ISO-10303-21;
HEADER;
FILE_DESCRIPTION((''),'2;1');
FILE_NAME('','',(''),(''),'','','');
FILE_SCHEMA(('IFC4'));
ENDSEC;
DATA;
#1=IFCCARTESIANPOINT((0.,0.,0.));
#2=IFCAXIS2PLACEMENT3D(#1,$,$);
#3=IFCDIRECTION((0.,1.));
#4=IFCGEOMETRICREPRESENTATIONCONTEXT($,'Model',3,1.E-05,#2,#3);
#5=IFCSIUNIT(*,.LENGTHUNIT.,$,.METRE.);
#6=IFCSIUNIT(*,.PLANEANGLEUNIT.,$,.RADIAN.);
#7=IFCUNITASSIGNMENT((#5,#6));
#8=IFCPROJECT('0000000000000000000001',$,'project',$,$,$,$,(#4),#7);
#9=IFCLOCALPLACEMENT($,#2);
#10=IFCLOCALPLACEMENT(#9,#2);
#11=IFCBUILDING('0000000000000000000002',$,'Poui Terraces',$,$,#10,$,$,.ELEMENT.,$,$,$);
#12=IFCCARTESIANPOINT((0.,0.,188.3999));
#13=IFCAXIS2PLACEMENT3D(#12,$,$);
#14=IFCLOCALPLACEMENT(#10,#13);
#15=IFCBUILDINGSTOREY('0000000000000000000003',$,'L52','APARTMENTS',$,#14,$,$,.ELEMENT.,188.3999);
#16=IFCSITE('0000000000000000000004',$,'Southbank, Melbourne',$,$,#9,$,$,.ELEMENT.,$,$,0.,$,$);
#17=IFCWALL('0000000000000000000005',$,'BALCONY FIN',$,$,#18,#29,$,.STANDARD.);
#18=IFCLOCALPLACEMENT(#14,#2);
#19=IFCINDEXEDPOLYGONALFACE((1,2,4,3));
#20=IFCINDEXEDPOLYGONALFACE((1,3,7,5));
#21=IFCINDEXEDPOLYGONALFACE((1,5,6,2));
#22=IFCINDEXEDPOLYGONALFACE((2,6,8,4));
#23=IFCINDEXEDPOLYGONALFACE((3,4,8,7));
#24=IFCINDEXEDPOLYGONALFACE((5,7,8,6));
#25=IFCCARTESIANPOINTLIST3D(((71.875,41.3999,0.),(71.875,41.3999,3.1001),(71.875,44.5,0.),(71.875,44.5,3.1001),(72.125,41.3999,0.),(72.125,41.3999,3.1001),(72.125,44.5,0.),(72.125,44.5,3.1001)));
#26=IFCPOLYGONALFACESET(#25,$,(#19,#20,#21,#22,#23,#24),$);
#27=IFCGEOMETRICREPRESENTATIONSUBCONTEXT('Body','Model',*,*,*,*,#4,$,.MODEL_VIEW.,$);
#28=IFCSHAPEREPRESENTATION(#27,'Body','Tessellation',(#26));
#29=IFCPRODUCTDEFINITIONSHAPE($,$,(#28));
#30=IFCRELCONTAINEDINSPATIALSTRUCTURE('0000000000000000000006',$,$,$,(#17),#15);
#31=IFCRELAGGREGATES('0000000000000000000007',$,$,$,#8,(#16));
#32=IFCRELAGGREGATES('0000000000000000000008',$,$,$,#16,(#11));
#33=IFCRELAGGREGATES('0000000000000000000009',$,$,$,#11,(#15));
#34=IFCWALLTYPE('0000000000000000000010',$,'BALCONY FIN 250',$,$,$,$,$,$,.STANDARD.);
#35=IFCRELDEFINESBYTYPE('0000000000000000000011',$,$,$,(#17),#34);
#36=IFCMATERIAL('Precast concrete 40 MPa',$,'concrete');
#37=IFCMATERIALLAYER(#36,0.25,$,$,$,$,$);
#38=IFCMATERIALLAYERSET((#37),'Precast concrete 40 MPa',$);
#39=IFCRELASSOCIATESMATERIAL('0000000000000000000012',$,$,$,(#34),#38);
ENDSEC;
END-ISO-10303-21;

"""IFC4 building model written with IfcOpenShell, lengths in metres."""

from ifc_helpers import new_model, si_unit, direction, frame, origin, place, context, subcontext, project, spatial, polyline, outline, extrude, source, transform, mapped, material, layer, layer_set, type_object, element, save


model = new_model("IFC4")

# Units and contexts
model_context = context("Model", 3, precision=1e-05, world=origin(), true_north=direction((0.0, 1.0)))
body_context = subcontext(model_context, "Body", "Model", "MODEL_VIEW")
ifc_project = project(units=[si_unit("LENGTHUNIT", "METRE"), si_unit("PLANEANGLEUNIT", "RADIAN")], contexts=[model_context])

# Site, building, storey
site_placement = place(None, origin())
site = spatial("IfcSite", under=ifc_project, at=site_placement, Name="Southbank, Melbourne", CompositionType="ELEMENT", RefElevation=0.0)
building_placement = place(site_placement, origin())
building = spatial("IfcBuilding", under=site, at=building_placement, Name="Poui Terraces", CompositionType="ELEMENT")
storey_placement = place(building_placement, frame((0.0, 0.0, 188.3999)))
storey = spatial("IfcBuildingStorey", under=building, at=storey_placement, Name="L52", Description="APARTMENTS", CompositionType="ELEMENT", Elevation=188.3999)

# Wall
ifc_material_1 = material(Name="Precast concrete 40 MPa", Category="concrete")
ifc_layer = layer(ifc_material_1, 0.25)
ifc_layer_set = layer_set([ifc_layer], Name="Precast concrete 40 MPa")
wall_type = type_object("IfcWallType", Name="BALCONY FIN 250", PredefinedType="STANDARD", material=ifc_layer_set)
shared_shape = source(origin(), body_context, "Body", "SweptSolid", [
    extrude(outline(polyline([(0.0, 0.0), (0.25, 0.0), (0.25, 3.1001), (0.0, 3.1001), (0.0, 0.0)])), origin(), (0.0, 0.0, 1.0), 3.1001),
])
wall_placement = place(storey_placement, frame((71.875, 41.3999, 0.0)))
element("IfcWall", 1, at=wall_placement, inside=storey, type_object=wall_type, Name="BALCONY FIN", PredefinedType="STANDARD", context=body_context, shape_type="MappedRepresentation", body=[
    mapped(shared_shape, transform((0.0, 0.0, 0.0))),
])

save(model, "model.ifc")
